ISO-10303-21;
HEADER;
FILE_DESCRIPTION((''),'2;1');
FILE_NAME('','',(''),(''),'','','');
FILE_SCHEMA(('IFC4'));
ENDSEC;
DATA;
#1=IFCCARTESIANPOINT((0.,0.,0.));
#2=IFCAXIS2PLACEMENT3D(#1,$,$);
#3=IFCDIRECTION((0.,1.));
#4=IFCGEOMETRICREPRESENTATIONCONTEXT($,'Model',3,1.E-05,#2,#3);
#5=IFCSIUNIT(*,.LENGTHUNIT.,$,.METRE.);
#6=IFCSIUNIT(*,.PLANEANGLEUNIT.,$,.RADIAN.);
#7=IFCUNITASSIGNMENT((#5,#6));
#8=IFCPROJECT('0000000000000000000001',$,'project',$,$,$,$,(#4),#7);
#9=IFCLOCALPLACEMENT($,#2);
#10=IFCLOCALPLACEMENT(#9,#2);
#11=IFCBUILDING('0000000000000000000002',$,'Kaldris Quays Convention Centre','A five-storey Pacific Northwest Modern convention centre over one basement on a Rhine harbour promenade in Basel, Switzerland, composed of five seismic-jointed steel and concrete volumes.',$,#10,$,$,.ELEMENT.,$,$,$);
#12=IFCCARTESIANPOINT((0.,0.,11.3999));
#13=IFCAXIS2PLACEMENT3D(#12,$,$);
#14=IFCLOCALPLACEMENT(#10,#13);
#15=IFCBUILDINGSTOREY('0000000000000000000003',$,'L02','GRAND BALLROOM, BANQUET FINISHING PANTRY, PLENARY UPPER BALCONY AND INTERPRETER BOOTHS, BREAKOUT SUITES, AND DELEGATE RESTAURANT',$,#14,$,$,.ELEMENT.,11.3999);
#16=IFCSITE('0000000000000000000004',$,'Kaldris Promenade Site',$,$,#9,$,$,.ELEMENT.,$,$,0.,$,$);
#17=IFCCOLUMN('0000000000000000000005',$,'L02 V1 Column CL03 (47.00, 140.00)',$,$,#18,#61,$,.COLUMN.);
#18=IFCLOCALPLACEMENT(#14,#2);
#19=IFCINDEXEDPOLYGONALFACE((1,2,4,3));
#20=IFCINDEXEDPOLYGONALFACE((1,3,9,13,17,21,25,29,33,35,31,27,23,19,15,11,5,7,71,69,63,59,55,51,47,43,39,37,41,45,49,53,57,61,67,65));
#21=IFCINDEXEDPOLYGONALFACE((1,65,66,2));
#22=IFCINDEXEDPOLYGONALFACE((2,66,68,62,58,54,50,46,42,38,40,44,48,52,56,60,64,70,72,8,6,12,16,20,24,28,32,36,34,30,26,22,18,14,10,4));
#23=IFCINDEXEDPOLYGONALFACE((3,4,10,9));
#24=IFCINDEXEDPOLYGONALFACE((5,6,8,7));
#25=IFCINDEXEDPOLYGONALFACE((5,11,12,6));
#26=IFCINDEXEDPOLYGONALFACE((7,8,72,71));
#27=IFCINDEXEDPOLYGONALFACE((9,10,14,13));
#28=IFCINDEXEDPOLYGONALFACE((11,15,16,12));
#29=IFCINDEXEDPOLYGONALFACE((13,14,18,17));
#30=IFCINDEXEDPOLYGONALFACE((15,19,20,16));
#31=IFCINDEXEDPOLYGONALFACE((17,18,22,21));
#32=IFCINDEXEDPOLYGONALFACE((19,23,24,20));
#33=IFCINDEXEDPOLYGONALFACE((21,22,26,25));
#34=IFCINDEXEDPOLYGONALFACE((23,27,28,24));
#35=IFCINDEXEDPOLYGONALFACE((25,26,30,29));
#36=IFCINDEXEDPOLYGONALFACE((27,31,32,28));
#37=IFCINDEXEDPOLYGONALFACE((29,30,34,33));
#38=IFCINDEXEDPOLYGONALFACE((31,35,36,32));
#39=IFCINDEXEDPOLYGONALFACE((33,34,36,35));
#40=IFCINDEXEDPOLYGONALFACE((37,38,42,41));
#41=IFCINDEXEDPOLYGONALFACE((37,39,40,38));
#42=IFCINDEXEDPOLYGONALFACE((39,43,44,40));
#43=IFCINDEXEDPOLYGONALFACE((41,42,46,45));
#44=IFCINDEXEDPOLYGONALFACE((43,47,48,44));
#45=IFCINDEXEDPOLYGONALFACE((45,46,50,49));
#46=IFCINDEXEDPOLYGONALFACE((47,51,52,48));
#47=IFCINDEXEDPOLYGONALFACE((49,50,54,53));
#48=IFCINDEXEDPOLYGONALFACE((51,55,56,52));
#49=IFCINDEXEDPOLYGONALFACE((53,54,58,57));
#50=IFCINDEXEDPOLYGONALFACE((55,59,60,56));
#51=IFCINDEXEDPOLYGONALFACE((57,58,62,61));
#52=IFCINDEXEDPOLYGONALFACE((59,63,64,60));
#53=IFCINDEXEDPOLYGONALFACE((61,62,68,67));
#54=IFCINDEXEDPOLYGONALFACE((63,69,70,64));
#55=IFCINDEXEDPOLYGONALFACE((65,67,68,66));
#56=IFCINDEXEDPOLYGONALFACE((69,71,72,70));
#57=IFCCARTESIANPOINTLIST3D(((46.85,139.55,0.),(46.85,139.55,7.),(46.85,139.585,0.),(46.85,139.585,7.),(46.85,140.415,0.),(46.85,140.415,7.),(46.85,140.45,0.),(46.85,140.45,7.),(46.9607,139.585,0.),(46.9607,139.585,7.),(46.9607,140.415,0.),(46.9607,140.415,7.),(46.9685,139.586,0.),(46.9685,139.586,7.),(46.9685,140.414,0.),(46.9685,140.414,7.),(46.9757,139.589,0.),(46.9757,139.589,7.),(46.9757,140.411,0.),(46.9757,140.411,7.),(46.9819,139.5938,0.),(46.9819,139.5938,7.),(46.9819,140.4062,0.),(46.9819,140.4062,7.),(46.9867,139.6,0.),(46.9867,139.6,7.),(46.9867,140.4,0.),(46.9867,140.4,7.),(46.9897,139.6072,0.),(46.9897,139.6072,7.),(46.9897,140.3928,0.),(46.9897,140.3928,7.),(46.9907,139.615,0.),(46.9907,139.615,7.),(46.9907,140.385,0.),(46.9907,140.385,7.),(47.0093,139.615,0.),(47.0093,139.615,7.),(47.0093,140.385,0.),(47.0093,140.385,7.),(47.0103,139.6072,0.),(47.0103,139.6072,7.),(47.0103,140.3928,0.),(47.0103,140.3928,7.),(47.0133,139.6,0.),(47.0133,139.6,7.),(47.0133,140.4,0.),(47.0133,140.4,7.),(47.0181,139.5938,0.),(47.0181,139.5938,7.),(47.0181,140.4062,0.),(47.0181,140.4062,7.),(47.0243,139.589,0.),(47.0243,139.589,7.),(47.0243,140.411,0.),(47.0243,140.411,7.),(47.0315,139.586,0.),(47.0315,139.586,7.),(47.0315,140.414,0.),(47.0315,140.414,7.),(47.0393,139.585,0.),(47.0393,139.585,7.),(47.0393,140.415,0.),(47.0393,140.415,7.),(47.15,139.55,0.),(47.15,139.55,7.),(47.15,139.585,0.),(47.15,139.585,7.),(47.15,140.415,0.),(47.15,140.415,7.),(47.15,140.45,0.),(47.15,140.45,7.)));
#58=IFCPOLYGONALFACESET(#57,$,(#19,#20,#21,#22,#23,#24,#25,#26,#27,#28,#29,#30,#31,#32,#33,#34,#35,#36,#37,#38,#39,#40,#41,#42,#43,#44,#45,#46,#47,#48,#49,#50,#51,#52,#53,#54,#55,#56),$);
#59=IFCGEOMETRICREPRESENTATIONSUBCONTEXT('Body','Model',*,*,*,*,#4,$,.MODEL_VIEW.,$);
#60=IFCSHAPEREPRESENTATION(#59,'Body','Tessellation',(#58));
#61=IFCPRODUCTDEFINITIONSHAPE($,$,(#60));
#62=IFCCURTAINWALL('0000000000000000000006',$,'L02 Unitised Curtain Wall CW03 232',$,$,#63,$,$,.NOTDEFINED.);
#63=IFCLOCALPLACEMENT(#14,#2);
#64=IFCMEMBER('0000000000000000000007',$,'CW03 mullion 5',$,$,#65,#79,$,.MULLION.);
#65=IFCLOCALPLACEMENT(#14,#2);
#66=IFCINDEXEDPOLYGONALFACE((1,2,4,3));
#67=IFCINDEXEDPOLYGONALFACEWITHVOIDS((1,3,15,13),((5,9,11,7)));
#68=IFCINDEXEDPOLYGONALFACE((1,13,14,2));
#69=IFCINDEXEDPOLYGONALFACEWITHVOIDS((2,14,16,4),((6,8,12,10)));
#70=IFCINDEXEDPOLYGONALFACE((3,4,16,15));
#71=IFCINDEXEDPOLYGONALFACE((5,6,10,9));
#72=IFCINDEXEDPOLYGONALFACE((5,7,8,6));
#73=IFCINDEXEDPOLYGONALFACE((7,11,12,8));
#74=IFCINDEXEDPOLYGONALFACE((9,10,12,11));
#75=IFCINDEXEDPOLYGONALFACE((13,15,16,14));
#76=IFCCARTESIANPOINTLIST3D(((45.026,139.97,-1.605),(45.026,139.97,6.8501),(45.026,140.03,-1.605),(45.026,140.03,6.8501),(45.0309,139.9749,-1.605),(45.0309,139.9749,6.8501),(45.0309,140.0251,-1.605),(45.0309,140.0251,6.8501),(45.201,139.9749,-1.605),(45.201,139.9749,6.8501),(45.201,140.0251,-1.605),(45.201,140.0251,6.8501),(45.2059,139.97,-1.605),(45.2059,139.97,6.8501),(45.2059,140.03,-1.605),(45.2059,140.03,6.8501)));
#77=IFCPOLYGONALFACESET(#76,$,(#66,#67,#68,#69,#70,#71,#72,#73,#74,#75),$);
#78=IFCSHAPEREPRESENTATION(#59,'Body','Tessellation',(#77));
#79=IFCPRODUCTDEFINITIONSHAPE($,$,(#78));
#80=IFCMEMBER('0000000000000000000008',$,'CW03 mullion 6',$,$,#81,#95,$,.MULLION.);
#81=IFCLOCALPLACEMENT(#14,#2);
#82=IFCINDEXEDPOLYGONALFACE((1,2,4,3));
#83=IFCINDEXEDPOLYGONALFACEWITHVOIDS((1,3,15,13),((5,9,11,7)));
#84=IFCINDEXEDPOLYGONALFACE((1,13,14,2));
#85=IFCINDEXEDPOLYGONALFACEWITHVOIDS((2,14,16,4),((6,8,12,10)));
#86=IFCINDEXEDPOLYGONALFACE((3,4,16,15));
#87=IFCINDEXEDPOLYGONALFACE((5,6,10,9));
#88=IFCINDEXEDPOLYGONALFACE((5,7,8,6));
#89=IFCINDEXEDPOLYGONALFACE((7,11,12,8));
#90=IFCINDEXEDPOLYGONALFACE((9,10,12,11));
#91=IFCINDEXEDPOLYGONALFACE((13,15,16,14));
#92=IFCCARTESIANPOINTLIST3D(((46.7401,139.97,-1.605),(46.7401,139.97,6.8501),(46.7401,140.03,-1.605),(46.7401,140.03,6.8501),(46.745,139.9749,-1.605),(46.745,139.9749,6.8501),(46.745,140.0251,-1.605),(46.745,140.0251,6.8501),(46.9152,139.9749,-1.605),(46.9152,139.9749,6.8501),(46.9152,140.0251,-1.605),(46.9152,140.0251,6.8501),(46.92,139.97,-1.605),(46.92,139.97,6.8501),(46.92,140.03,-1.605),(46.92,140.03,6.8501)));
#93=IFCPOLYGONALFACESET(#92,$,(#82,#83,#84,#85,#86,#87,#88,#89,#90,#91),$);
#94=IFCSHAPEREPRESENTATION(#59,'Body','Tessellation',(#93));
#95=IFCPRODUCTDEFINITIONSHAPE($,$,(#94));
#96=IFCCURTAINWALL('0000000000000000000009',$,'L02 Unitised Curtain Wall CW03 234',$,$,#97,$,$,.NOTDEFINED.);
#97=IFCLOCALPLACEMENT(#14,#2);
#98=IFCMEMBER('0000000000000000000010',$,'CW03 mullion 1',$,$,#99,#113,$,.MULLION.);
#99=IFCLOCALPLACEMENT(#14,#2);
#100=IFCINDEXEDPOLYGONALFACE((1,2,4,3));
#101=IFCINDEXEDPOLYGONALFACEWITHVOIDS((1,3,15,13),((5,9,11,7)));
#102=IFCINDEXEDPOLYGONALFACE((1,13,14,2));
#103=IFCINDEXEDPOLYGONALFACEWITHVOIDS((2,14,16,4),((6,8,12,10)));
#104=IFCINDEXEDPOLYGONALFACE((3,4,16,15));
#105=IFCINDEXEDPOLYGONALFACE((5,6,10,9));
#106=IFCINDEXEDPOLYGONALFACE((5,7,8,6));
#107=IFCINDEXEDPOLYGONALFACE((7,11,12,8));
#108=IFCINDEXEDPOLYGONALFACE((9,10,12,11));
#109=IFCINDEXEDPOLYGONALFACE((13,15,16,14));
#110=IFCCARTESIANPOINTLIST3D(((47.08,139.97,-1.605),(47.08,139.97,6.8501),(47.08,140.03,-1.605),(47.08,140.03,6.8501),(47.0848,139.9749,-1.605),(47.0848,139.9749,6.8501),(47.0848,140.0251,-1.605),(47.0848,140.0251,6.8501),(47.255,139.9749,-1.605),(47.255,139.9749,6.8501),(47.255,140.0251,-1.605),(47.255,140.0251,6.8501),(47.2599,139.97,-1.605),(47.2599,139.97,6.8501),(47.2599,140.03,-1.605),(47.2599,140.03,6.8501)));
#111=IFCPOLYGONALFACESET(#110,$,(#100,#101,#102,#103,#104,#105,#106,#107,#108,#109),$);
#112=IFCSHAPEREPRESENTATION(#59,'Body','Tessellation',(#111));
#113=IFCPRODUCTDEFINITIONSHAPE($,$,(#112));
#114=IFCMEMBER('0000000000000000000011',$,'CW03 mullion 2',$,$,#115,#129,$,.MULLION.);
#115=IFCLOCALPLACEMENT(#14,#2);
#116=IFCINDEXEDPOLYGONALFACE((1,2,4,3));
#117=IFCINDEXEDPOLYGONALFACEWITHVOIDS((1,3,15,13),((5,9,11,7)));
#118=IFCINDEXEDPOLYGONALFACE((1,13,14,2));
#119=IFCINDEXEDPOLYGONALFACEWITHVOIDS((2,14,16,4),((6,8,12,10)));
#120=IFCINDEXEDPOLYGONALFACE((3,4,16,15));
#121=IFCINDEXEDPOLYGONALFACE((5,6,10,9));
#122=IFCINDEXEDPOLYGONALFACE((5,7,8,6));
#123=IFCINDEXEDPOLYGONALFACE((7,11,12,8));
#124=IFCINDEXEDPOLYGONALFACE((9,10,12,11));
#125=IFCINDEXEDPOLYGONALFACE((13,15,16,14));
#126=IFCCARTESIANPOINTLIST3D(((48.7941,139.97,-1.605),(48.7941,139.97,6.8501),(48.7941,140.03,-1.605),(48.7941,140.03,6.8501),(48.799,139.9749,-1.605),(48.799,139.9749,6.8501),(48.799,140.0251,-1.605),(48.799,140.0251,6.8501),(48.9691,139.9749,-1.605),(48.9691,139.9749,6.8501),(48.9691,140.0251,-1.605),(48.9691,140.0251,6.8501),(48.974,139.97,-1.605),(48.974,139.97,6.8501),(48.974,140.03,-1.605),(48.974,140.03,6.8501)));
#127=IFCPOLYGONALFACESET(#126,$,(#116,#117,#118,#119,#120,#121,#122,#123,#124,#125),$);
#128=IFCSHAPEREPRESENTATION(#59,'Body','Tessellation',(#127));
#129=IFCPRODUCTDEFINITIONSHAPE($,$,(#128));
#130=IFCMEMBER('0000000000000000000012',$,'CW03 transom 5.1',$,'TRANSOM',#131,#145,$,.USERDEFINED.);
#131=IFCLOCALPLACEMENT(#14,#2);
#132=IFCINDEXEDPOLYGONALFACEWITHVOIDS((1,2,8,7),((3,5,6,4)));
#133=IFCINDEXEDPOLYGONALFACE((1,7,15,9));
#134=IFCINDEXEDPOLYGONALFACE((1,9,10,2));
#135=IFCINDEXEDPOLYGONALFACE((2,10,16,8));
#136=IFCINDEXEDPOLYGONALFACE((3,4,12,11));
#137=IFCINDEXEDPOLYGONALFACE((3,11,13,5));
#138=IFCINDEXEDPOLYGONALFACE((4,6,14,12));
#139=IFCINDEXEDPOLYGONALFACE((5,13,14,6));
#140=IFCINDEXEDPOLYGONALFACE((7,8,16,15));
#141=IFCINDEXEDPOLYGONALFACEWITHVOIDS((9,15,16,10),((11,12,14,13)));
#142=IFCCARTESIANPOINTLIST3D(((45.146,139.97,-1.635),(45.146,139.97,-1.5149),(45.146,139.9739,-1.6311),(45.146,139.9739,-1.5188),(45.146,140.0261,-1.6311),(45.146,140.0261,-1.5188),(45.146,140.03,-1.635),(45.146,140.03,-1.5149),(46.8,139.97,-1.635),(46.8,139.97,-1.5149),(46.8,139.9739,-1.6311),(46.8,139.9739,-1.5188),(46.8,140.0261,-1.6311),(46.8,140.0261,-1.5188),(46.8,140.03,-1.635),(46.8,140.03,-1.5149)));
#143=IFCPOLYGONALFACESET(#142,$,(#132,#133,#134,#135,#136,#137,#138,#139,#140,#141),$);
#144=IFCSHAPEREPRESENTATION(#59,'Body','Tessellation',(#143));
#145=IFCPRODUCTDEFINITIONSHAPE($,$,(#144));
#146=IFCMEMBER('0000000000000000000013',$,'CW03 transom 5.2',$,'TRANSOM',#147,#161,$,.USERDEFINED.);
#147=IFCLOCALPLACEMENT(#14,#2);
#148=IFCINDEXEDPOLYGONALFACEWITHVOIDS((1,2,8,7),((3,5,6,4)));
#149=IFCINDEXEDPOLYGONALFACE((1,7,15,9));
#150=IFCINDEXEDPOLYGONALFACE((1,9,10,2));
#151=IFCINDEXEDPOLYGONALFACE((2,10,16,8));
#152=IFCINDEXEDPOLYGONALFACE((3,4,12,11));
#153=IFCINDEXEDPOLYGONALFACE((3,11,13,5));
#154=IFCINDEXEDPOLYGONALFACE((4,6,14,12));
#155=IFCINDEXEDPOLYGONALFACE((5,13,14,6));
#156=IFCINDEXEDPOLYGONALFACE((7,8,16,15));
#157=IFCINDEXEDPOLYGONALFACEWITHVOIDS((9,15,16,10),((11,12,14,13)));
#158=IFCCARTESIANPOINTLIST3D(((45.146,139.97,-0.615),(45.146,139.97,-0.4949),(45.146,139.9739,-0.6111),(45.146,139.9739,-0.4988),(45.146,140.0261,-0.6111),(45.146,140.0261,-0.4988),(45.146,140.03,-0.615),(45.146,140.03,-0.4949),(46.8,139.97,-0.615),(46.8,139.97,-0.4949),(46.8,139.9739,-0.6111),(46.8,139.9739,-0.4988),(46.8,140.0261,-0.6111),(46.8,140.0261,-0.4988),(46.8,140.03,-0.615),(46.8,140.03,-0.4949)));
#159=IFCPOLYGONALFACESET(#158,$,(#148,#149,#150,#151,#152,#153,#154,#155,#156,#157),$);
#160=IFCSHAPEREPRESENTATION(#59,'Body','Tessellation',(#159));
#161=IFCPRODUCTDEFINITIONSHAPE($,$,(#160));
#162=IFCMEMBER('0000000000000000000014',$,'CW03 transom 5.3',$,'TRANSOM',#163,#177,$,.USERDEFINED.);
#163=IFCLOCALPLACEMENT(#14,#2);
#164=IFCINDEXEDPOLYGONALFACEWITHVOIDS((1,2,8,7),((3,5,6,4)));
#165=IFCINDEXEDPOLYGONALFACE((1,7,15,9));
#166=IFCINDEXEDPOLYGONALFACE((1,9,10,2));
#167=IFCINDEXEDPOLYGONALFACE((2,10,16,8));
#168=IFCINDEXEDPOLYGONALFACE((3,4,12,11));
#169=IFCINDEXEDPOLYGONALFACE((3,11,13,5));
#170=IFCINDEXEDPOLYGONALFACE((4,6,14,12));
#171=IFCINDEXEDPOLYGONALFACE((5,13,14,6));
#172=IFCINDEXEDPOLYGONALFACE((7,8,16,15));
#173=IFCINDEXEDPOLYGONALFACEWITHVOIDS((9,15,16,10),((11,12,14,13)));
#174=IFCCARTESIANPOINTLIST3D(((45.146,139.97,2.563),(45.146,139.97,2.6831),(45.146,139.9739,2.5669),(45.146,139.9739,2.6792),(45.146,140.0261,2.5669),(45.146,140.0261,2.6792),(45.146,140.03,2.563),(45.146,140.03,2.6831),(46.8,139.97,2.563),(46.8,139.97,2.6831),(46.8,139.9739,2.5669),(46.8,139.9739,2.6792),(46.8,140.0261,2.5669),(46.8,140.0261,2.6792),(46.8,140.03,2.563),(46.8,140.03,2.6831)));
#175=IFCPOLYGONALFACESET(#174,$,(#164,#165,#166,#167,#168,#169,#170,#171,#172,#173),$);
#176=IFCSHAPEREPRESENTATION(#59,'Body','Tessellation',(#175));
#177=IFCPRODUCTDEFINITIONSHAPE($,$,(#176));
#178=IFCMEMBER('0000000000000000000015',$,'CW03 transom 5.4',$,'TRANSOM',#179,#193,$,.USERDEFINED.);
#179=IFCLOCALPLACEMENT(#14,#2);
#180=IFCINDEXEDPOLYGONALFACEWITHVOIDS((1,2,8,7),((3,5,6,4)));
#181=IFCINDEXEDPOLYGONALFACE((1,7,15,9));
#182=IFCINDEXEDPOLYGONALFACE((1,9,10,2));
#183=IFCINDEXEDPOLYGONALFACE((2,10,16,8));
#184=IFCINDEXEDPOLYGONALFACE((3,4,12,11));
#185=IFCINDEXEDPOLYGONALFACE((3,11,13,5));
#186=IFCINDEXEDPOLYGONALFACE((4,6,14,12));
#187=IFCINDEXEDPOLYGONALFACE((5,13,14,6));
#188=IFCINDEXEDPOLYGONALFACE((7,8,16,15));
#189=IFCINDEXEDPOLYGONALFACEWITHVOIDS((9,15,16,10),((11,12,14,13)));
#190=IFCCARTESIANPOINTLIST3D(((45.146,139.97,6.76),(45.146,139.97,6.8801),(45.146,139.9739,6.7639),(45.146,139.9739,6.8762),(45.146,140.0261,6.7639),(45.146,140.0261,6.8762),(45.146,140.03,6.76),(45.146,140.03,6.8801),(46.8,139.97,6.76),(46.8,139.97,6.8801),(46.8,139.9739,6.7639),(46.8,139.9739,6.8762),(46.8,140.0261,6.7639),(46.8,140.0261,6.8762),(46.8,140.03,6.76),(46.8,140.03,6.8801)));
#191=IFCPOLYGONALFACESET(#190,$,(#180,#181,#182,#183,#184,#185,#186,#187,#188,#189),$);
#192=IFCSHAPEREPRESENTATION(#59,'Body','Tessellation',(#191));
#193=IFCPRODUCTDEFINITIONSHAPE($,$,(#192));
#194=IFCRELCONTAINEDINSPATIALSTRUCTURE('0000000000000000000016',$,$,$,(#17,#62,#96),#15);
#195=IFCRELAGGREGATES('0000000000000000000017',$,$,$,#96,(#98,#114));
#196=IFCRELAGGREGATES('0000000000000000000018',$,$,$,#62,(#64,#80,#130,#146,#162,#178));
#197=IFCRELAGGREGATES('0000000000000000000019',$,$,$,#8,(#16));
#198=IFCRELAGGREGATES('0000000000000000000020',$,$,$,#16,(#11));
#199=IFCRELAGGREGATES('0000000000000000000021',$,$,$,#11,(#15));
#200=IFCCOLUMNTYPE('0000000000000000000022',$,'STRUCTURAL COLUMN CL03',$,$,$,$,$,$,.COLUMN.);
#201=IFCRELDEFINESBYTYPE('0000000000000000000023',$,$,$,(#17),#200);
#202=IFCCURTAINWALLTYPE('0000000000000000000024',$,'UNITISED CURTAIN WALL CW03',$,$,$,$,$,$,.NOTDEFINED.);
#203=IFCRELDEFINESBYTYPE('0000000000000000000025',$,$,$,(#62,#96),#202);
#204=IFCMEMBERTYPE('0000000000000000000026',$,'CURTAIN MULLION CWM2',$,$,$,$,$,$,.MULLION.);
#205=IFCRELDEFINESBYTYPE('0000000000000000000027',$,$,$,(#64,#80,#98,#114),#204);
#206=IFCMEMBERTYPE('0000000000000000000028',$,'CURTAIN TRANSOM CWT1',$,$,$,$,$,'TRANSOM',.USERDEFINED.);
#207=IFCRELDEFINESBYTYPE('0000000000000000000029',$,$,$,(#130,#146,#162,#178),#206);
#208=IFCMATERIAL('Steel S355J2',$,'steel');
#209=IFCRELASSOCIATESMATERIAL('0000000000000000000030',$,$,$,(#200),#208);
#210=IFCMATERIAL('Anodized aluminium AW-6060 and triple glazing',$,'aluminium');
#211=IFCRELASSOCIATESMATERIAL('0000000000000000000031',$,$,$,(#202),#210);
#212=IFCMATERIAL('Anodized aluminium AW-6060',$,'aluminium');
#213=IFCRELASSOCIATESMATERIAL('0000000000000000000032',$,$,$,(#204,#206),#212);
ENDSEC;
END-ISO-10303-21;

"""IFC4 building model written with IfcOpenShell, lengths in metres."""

from ifc_helpers import new_model, si_unit, direction, frame, origin, origin_2d, place, context, subcontext, project, spatial, hollow_rectangle, i_section, extrude, material, material_profile, profile_set, type_object, element, aggregate, save


model = new_model("IFC4")

# Units and contexts
model_context = context("Model", 3, precision=1e-05, world=origin(), true_north=direction((0.0, 1.0)))
body_context = subcontext(model_context, "Body", "Model", "MODEL_VIEW")
ifc_project = project(units=[si_unit("LENGTHUNIT", "METRE"), si_unit("PLANEANGLEUNIT", "RADIAN")], contexts=[model_context])

# Site, building, storey
site_placement = place(None, origin())
site = spatial("IfcSite", under=ifc_project, at=site_placement, Name="Kaldris Promenade Site", CompositionType="ELEMENT", RefElevation=0.0)
building_placement = place(site_placement, origin())
building = spatial("IfcBuilding", under=site, at=building_placement, Name="Kaldris Quays Convention Centre", Description="A five-storey Pacific Northwest Modern convention centre over one basement on a Rhine harbour promenade in Basel, Switzerland, composed of five seismic-jointed steel and concrete volumes.", CompositionType="ELEMENT")
storey_placement = place(building_placement, frame((0.0, 0.0, 11.3999)))
storey = spatial("IfcBuildingStorey", under=building, at=storey_placement, Name="L02", Description="GRAND BALLROOM, BANQUET FINISHING PANTRY, PLENARY UPPER BALCONY AND INTERPRETER BOOTHS, BREAKOUT SUITES, AND DELEGATE RESTAURANT", CompositionType="ELEMENT", Elevation=11.3999)

# Column
ifc_material_1 = material(Name="Steel S355J2", Category="steel")
ifc_material_profile_1 = material_profile(ifc_material_1, i_section(OverallWidth=0.3, OverallDepth=0.8999, WebThickness=0.0186, FlangeThickness=0.0349, FilletRadius=0.03, at=origin_2d()), Name="HEB 900")
ifc_profile_set_1 = profile_set([ifc_material_profile_1], Name="Steel S355J2")
column_type = type_object("IfcColumnType", Name="STRUCTURAL COLUMN CL03", PredefinedType="COLUMN", material=ifc_profile_set_1)
column_placement = place(storey_placement, frame((47.0, 140.0, 0.0), z_axis=(0.0, 0.0, 1.0), x_axis=(1.0, 0.0, 0.0)))
element("IfcColumn", 1, at=column_placement, inside=storey, type_object=column_type, Name="L02 V1 Column CL03 (47.00, 140.00)", PredefinedType="COLUMN", context=body_context, shape_type="SweptSolid", body=[
    extrude(i_section(OverallWidth=0.3, OverallDepth=0.8999, WebThickness=0.0186, FlangeThickness=0.0349, FilletRadius=0.03, at=origin_2d()), origin(), (0.0, 0.0, 1.0), 7.0),
])

# Curtain walls, members
ifc_material_2 = material(Name="Anodized aluminium AW-6060 and triple glazing", Category="aluminium")
curtain_wall_type = type_object("IfcCurtainWallType", Name="UNITISED CURTAIN WALL CW03", PredefinedType="NOTDEFINED", material=ifc_material_2)
curtain_wall_1_placement = place(storey_placement, origin())
curtain_wall_1 = element("IfcCurtainWall", 2, at=curtain_wall_1_placement, inside=storey, type_object=curtain_wall_type, Name="L02 Unitised Curtain Wall CW03 232", PredefinedType="NOTDEFINED")
ifc_material_3 = material(Name="Anodized aluminium AW-6060", Category="aluminium")
ifc_material_profile_2 = material_profile(ifc_material_3, hollow_rectangle(XDim=0.0601, YDim=0.1799, WallThickness=0.0049, at=origin_2d()), Name="RHS 180x60x5")
ifc_profile_set_2 = profile_set([ifc_material_profile_2], Name="Anodized aluminium AW-6060")
member_type_1 = type_object("IfcMemberType", Name="CURTAIN MULLION CWM2", PredefinedType="MULLION", material=ifc_profile_set_2)
member_1_placement = place(storey_placement, frame((45.116, 140.0, -1.605), z_axis=(0.0, 0.0, 1.0), x_axis=(0.0, 1.0, 0.0)))
member_1 = element("IfcMember", 3, at=member_1_placement, type_object=member_type_1, Name="CW03 mullion 5", PredefinedType="MULLION", context=body_context, shape_type="SweptSolid", body=[
    extrude(hollow_rectangle(XDim=0.0601, YDim=0.1799, WallThickness=0.0049, at=origin_2d()), origin(), (0.0, 0.0, 1.0), 8.4551),
])
member_2_placement = place(storey_placement, frame((46.8301, 140.0, -1.605), z_axis=(0.0, 0.0, 1.0), x_axis=(0.0, 1.0, 0.0)))
member_2 = element("IfcMember", 4, at=member_2_placement, type_object=member_type_1, Name="CW03 mullion 6", PredefinedType="MULLION", context=body_context, shape_type="SweptSolid", body=[
    extrude(hollow_rectangle(XDim=0.0601, YDim=0.1799, WallThickness=0.0049, at=origin_2d()), origin(), (0.0, 0.0, 1.0), 8.4551),
])
curtain_wall_2_placement = place(storey_placement, origin())
curtain_wall_2 = element("IfcCurtainWall", 5, at=curtain_wall_2_placement, inside=storey, type_object=curtain_wall_type, Name="L02 Unitised Curtain Wall CW03 234", PredefinedType="NOTDEFINED")
member_3_placement = place(storey_placement, frame((47.1699, 140.0, -1.605), z_axis=(0.0, 0.0, 1.0), x_axis=(0.0, 1.0, 0.0)))
member_3 = element("IfcMember", 6, at=member_3_placement, type_object=member_type_1, Name="CW03 mullion 1", PredefinedType="MULLION", context=body_context, shape_type="SweptSolid", body=[
    extrude(hollow_rectangle(XDim=0.0601, YDim=0.1799, WallThickness=0.0049, at=origin_2d()), origin(), (0.0, 0.0, 1.0), 8.4551),
])
member_4_placement = place(storey_placement, frame((48.884, 140.0, -1.605), z_axis=(0.0, 0.0, 1.0), x_axis=(0.0, 1.0, 0.0)))
member_4 = element("IfcMember", 7, at=member_4_placement, type_object=member_type_1, Name="CW03 mullion 2", PredefinedType="MULLION", context=body_context, shape_type="SweptSolid", body=[
    extrude(hollow_rectangle(XDim=0.0601, YDim=0.1799, WallThickness=0.0049, at=origin_2d()), origin(), (0.0, 0.0, 1.0), 8.4551),
])

# Members
ifc_material_profile_3 = material_profile(ifc_material_3, hollow_rectangle(XDim=0.0601, YDim=0.1201, WallThickness=0.0039, at=origin_2d()), Name="RHS 120x60x4")
ifc_profile_set_3 = profile_set([ifc_material_profile_3], Name="Anodized aluminium AW-6060")
member_type_2 = type_object("IfcMemberType", Name="CURTAIN TRANSOM CWT1", ElementType="TRANSOM", PredefinedType="USERDEFINED", material=ifc_profile_set_3)
member_5_placement = place(storey_placement, frame((45.146, 140.0, -1.575), z_axis=(1.0, 0.0, 0.0), x_axis=(0.0, 1.0, 0.0)))
member_5 = element("IfcMember", 8, at=member_5_placement, type_object=member_type_2, Name="CW03 transom 5.1", ObjectType="TRANSOM", PredefinedType="USERDEFINED", context=body_context, shape_type="SweptSolid", body=[
    extrude(hollow_rectangle(XDim=0.0601, YDim=0.1201, WallThickness=0.0039, at=origin_2d()), origin(), (0.0, 0.0, 1.0), 1.6541),
])
member_6_placement = place(storey_placement, frame((45.146, 140.0, -0.5549), z_axis=(1.0, 0.0, 0.0), x_axis=(0.0, 1.0, 0.0)))
member_6 = element("IfcMember", 9, at=member_6_placement, type_object=member_type_2, Name="CW03 transom 5.2", ObjectType="TRANSOM", PredefinedType="USERDEFINED", context=body_context, shape_type="SweptSolid", body=[
    extrude(hollow_rectangle(XDim=0.0601, YDim=0.1201, WallThickness=0.0039, at=origin_2d()), origin(), (0.0, 0.0, 1.0), 1.6541),
])
member_7_placement = place(storey_placement, frame((45.146, 140.0, 2.623), z_axis=(1.0, 0.0, 0.0), x_axis=(0.0, 1.0, 0.0)))
member_7 = element("IfcMember", 10, at=member_7_placement, type_object=member_type_2, Name="CW03 transom 5.3", ObjectType="TRANSOM", PredefinedType="USERDEFINED", context=body_context, shape_type="SweptSolid", body=[
    extrude(hollow_rectangle(XDim=0.0601, YDim=0.1201, WallThickness=0.0039, at=origin_2d()), origin(), (0.0, 0.0, 1.0), 1.6541),
])
member_8_placement = place(storey_placement, frame((45.146, 140.0, 6.8201), z_axis=(1.0, 0.0, 0.0), x_axis=(0.0, 1.0, 0.0)))
member_8 = element("IfcMember", 11, at=member_8_placement, type_object=member_type_2, Name="CW03 transom 5.4", ObjectType="TRANSOM", PredefinedType="USERDEFINED", context=body_context, shape_type="SweptSolid", body=[
    extrude(hollow_rectangle(XDim=0.0601, YDim=0.1201, WallThickness=0.0039, at=origin_2d()), origin(), (0.0, 0.0, 1.0), 1.6541),
])

aggregate(curtain_wall_2, [member_3, member_4])
aggregate(curtain_wall_1, [member_1, member_2, member_5, member_6, member_7, member_8])

save(model, "model.ifc")
